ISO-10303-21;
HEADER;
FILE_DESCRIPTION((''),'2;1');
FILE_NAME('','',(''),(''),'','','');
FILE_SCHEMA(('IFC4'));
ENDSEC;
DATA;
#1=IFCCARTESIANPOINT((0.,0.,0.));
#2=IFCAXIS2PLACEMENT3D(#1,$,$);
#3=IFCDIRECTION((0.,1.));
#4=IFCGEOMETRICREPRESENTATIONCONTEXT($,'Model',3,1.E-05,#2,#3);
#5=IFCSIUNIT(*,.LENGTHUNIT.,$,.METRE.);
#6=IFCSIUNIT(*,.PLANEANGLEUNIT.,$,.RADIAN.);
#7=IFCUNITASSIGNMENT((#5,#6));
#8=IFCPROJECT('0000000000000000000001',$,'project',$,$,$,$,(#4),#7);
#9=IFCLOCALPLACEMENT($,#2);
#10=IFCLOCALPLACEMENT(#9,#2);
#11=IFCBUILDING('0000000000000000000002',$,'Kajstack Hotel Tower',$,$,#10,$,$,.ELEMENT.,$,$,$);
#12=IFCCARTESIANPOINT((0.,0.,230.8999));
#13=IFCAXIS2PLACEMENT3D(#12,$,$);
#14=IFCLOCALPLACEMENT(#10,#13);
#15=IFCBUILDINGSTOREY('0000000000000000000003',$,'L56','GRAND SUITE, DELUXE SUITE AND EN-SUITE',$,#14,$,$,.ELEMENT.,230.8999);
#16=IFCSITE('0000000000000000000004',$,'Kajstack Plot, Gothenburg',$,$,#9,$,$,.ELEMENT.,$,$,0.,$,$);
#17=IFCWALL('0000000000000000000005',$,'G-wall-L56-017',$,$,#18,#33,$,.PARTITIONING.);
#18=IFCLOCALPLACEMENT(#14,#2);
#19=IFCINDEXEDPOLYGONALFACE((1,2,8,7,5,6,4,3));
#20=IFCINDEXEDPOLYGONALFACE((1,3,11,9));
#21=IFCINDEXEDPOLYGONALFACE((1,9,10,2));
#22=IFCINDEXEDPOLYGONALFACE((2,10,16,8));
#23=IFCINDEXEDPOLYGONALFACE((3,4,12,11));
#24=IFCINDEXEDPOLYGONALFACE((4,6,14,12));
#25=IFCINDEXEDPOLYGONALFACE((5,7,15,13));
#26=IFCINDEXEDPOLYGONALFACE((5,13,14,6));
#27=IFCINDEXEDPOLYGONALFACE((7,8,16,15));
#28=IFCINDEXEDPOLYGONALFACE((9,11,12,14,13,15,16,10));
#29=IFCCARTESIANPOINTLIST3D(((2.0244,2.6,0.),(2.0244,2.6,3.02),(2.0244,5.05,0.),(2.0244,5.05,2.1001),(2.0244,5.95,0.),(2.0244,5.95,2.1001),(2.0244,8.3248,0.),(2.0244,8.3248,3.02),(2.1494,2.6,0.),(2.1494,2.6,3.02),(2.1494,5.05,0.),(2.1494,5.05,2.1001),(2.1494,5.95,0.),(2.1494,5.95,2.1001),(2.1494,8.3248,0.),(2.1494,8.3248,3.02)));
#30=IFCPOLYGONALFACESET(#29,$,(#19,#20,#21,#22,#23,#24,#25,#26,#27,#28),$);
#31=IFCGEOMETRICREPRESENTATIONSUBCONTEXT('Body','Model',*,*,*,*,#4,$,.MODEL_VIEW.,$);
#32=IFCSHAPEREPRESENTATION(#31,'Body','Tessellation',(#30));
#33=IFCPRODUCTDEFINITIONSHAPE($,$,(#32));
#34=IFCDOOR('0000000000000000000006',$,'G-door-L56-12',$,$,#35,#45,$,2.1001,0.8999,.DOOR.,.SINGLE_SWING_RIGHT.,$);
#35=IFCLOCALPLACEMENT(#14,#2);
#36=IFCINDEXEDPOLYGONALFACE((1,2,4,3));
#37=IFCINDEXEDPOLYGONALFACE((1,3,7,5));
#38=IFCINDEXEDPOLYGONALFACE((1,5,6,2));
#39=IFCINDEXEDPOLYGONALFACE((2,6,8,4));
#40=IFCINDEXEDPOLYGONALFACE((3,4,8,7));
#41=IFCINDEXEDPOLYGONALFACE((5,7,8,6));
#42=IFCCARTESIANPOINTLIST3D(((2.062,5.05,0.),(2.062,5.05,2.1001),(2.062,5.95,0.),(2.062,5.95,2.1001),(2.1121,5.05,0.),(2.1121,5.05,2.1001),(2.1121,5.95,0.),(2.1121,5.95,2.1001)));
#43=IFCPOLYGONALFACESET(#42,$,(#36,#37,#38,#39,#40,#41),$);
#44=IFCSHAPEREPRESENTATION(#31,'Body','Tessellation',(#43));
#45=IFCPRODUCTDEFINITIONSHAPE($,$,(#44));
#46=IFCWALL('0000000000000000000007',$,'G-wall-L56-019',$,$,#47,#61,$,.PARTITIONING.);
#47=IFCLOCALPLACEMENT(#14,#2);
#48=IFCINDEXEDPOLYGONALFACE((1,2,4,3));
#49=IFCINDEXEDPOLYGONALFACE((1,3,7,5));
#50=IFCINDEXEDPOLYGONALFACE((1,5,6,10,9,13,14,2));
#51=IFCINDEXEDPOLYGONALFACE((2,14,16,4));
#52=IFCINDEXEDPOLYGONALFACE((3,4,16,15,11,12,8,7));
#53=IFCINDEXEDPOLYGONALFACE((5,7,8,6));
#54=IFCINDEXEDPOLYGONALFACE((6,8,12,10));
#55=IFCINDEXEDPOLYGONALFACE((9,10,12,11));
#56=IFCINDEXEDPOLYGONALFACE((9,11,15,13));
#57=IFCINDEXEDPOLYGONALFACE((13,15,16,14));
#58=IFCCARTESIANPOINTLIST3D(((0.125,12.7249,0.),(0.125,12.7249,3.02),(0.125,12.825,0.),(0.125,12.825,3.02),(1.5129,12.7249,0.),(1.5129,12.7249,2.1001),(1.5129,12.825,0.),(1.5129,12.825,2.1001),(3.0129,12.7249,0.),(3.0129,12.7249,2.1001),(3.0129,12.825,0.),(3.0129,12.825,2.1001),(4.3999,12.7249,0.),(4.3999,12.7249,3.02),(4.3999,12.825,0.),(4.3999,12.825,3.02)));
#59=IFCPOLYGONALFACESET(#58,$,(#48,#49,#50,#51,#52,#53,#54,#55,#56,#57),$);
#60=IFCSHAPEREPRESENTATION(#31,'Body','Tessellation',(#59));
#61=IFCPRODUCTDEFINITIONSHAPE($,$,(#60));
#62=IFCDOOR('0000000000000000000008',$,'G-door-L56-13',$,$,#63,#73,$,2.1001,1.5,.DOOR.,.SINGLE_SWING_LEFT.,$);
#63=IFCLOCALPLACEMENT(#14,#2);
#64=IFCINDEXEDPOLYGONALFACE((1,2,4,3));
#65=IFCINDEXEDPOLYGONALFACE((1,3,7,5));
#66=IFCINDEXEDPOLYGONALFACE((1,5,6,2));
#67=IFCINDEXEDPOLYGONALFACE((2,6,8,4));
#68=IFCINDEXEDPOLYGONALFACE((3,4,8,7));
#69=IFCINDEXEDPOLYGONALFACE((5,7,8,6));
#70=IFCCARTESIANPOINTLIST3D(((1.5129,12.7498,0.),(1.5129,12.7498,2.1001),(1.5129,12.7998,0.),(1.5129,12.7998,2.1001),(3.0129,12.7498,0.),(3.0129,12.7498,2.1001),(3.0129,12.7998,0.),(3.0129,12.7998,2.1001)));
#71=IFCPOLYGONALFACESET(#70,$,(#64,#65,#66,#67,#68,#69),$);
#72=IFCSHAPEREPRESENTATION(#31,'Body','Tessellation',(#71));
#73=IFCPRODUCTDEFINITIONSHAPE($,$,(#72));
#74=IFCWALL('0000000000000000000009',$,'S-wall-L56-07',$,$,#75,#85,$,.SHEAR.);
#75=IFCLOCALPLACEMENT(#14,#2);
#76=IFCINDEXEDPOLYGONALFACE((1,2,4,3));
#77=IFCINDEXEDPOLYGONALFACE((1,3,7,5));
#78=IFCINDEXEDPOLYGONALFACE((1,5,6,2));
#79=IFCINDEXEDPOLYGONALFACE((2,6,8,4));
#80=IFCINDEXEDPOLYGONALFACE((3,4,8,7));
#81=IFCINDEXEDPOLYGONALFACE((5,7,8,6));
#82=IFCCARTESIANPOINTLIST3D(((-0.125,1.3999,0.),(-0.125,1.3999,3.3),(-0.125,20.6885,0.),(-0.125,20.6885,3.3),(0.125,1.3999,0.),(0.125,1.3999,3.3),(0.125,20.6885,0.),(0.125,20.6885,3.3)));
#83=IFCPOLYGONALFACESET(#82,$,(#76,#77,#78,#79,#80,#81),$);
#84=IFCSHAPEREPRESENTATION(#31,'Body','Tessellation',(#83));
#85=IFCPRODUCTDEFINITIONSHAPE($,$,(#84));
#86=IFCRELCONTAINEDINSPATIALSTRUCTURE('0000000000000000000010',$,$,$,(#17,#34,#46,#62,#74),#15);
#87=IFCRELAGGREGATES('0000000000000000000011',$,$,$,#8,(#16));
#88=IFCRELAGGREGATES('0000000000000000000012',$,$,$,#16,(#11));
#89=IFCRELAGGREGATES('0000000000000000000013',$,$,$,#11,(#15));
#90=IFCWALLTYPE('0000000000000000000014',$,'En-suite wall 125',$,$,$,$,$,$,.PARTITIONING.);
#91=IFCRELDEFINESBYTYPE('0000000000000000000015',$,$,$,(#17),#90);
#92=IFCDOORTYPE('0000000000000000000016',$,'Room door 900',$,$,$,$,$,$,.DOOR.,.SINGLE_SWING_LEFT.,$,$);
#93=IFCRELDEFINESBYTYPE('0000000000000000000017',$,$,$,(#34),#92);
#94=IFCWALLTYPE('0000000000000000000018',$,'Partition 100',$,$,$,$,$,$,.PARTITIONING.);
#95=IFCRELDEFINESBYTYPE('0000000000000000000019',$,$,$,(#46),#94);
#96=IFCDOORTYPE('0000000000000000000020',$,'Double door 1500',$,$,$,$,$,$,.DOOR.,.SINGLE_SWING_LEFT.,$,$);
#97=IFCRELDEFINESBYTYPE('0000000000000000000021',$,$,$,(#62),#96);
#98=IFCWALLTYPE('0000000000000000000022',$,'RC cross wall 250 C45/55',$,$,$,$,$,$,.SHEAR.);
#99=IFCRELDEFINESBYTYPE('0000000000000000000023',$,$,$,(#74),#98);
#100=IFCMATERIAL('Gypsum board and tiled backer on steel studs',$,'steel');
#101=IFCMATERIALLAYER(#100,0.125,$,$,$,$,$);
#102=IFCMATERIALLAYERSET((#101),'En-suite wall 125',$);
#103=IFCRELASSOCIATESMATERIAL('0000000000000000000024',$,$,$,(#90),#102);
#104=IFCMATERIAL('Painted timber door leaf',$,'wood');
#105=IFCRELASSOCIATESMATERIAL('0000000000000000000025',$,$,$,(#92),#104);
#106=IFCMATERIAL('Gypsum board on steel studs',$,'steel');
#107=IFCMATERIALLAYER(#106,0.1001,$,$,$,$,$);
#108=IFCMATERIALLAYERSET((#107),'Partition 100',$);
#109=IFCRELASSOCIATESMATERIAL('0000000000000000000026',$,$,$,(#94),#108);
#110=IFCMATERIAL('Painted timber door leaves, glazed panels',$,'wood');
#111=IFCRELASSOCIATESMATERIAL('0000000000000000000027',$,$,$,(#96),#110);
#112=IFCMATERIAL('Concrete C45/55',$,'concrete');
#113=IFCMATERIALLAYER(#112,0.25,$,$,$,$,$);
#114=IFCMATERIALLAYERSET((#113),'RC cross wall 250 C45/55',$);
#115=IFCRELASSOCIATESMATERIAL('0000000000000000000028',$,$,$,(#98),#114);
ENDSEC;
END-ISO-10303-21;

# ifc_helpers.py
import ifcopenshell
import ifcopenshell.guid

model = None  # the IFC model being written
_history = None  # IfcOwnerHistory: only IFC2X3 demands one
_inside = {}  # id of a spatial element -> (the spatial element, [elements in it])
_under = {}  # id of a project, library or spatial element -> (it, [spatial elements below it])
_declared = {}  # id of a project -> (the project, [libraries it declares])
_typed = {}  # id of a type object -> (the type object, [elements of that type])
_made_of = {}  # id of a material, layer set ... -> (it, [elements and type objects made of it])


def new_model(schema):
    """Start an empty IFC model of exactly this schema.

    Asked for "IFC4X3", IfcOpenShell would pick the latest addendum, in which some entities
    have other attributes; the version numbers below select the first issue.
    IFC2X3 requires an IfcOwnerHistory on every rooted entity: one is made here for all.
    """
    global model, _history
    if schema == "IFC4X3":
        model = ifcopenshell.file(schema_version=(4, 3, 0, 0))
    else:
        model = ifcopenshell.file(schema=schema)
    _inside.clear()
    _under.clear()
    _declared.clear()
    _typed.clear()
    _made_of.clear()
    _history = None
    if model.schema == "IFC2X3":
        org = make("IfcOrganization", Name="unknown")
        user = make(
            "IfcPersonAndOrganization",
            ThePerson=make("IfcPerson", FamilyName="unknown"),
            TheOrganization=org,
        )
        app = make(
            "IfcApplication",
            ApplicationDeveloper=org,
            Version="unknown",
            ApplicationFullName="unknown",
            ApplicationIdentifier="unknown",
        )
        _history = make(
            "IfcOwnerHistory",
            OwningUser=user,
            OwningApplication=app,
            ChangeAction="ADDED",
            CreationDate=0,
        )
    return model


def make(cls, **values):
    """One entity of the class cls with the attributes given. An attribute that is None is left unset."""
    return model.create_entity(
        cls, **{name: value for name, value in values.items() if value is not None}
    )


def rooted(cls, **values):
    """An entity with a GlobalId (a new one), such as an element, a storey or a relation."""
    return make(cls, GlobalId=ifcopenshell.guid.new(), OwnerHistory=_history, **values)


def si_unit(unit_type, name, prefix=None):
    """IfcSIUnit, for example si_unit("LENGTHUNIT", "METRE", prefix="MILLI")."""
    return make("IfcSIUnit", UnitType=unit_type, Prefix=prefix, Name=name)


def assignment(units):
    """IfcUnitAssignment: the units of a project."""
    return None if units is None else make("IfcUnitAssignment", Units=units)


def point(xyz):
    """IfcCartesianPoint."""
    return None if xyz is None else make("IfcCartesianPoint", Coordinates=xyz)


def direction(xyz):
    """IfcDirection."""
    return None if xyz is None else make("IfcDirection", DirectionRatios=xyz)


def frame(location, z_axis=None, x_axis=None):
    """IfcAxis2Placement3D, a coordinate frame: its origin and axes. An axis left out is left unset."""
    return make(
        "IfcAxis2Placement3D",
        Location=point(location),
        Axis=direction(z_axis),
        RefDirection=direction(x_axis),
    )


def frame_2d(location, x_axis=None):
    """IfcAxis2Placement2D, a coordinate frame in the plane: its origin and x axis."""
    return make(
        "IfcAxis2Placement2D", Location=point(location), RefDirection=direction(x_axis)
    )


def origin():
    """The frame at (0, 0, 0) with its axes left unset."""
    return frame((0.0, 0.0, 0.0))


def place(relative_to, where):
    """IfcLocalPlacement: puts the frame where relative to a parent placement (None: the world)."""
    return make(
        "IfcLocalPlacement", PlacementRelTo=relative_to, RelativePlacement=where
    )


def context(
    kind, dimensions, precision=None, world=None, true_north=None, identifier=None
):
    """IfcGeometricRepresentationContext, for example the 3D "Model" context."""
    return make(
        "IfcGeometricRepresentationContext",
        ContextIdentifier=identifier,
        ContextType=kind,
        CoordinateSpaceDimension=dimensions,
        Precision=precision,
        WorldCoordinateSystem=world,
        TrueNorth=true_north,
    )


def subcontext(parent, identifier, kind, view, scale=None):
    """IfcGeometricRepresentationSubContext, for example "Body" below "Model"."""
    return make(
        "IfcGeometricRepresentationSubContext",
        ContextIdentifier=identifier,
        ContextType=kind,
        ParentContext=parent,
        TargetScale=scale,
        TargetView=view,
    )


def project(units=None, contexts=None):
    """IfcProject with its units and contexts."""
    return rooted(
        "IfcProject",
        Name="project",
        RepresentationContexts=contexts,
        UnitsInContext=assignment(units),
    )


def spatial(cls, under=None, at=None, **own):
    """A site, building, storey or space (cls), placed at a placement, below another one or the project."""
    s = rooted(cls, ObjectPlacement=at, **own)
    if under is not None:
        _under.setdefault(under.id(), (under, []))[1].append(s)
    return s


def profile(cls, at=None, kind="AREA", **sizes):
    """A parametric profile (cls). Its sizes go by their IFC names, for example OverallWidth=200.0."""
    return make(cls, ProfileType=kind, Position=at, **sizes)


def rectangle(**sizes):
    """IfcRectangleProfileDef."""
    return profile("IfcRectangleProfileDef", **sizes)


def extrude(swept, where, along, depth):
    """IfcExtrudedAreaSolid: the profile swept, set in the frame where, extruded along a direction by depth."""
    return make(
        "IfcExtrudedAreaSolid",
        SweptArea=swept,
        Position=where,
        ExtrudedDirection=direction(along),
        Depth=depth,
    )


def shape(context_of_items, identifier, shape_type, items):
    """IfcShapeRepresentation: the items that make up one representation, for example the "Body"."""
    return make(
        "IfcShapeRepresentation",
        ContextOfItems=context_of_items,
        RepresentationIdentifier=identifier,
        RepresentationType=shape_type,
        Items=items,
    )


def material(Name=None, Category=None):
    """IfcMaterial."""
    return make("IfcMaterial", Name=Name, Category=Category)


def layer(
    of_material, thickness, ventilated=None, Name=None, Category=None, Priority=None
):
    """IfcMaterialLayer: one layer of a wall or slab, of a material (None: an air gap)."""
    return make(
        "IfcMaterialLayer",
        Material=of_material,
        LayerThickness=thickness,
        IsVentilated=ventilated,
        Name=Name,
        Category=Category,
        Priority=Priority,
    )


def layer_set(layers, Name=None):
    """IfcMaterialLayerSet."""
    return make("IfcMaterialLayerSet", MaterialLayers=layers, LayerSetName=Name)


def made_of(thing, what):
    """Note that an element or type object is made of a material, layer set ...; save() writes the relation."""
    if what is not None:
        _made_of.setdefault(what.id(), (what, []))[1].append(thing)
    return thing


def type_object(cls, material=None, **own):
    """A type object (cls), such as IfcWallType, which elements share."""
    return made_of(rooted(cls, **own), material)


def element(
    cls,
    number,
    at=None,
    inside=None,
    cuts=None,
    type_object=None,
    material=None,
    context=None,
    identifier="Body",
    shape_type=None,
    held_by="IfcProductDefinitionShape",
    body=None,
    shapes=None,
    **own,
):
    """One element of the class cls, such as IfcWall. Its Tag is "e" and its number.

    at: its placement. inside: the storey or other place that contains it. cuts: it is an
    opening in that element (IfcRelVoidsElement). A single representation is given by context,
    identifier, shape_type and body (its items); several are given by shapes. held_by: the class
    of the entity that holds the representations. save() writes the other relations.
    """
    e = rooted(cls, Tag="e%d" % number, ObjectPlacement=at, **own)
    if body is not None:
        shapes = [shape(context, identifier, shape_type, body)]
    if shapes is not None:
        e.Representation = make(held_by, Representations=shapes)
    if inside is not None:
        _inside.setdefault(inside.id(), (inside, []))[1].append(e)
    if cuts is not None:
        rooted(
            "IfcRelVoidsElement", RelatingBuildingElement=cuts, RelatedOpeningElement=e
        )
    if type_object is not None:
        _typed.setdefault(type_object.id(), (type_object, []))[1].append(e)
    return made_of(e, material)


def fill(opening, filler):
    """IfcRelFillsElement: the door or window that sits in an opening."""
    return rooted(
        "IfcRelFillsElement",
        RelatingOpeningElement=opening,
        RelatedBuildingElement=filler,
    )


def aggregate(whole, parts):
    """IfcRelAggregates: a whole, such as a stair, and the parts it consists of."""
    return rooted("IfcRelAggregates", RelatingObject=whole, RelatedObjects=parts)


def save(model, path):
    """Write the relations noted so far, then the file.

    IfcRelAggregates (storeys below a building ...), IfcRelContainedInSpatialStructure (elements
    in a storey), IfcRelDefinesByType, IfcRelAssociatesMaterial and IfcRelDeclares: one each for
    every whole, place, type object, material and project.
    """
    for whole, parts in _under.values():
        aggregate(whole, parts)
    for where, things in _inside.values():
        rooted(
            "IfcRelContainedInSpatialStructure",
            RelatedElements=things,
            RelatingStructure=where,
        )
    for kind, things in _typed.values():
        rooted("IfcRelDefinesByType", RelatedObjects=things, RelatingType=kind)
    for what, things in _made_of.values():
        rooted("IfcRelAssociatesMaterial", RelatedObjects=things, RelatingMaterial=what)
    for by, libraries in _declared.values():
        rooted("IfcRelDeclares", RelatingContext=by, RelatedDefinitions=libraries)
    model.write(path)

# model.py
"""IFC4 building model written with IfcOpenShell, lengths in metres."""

from ifc_helpers import new_model, si_unit, direction, frame, frame_2d, origin, place, context, subcontext, project, spatial, rectangle, extrude, material, layer, layer_set, type_object, element, fill, save


model = new_model("IFC4")

# Units and contexts
model_context = context("Model", 3, precision=1e-05, world=origin(), true_north=direction((0.0, 1.0)))
body_context = subcontext(model_context, "Body", "Model", "MODEL_VIEW")
ifc_project = project(units=[si_unit("LENGTHUNIT", "METRE"), si_unit("PLANEANGLEUNIT", "RADIAN")], contexts=[model_context])

# Site, building, storey
site_placement = place(None, origin())
site = spatial("IfcSite", under=ifc_project, at=site_placement, Name="Kajstack Plot, Gothenburg", CompositionType="ELEMENT", RefElevation=0.0)
building_placement = place(site_placement, origin())
building = spatial("IfcBuilding", under=site, at=building_placement, Name="Kajstack Hotel Tower", CompositionType="ELEMENT")
storey_placement = place(building_placement, frame((0.0, 0.0, 230.8999)))
storey = spatial("IfcBuildingStorey", under=building, at=storey_placement, Name="L56", Description="GRAND SUITE, DELUXE SUITE AND EN-SUITE", CompositionType="ELEMENT", Elevation=230.8999)

# Walls, openings, doors
ifc_material_1 = material(Name="Gypsum board and tiled backer on steel studs", Category="steel")
ifc_layer_1 = layer(ifc_material_1, 0.125)
ifc_layer_set_1 = layer_set([ifc_layer_1], Name="En-suite wall 125")
wall_type_1 = type_object("IfcWallType", Name="En-suite wall 125", PredefinedType="PARTITIONING", material=ifc_layer_set_1)
wall_1_placement = place(storey_placement, frame((2.0869, 2.6001, 0.0), z_axis=(0.0, 0.0, 1.0), x_axis=(0.0, 1.0, 0.0)))
wall_1 = element("IfcWall", 1, at=wall_1_placement, inside=storey, type_object=wall_type_1, Name="G-wall-L56-017", PredefinedType="PARTITIONING", context=body_context, shape_type="SweptSolid", body=[
    extrude(rectangle(XDim=5.7249, YDim=0.125, at=frame_2d((2.8623, 0.0))), origin(), (0.0, 0.0, 1.0), 3.02),
])
opening_1_placement = place(wall_1_placement, frame((2.45, 0.0, 0.0)))
opening_1 = element("IfcOpeningElement", 2, at=opening_1_placement, cuts=wall_1, PredefinedType="OPENING", context=body_context, shape_type="SweptSolid", body=[
    extrude(rectangle(XDim=0.8999, YDim=2.1001, at=frame_2d((0.45, 1.05))), frame((0.0, 0.0725, 0.0), z_axis=(0.0, -1.0, 0.0), x_axis=(1.0, 0.0, 0.0)), (0.0, 0.0, 1.0), 0.145),
])
ifc_material_2 = material(Name="Painted timber door leaf", Category="wood")
door_type_1 = type_object("IfcDoorType", Name="Room door 900", OperationType="SINGLE_SWING_LEFT", PredefinedType="DOOR", material=ifc_material_2)
door_1_placement = place(opening_1_placement, origin())
door_1 = element("IfcDoor", 3, at=door_1_placement, inside=storey, type_object=door_type_1, Name="G-door-L56-12", OperationType="SINGLE_SWING_RIGHT", OverallHeight=2.1001, OverallWidth=0.8999, PredefinedType="DOOR", context=body_context, shape_type="SweptSolid", body=[
    extrude(rectangle(XDim=0.8999, YDim=2.1001, at=frame_2d((0.45, 1.05))), frame((0.0, 0.0249, 0.0), z_axis=(0.0, -1.0, 0.0), x_axis=(1.0, 0.0, 0.0)), (0.0, 0.0, 1.0), 0.05),
])
fill(opening_1, door_1)
ifc_material_3 = material(Name="Gypsum board on steel studs", Category="steel")
ifc_layer_2 = layer(ifc_material_3, 0.1001)
ifc_layer_set_2 = layer_set([ifc_layer_2], Name="Partition 100")
wall_type_2 = type_object("IfcWallType", Name="Partition 100", PredefinedType="PARTITIONING", material=ifc_layer_set_2)
wall_2_placement = place(storey_placement, frame((0.125, 12.7749, 0.0), z_axis=(0.0, 0.0, 1.0), x_axis=(1.0, 0.0, 0.0)))
wall_2 = element("IfcWall", 4, at=wall_2_placement, inside=storey, type_object=wall_type_2, Name="G-wall-L56-019", PredefinedType="PARTITIONING", context=body_context, shape_type="SweptSolid", body=[
    extrude(rectangle(XDim=4.2749, YDim=0.1001, at=frame_2d((2.1375, 0.0))), origin(), (0.0, 0.0, 1.0), 3.02),
])
opening_2_placement = place(wall_2_placement, frame((1.3879, 0.0, 0.0)))
opening_2 = element("IfcOpeningElement", 5, at=opening_2_placement, cuts=wall_2, PredefinedType="OPENING", context=body_context, shape_type="SweptSolid", body=[
    extrude(rectangle(XDim=1.5, YDim=2.1001, at=frame_2d((0.75, 1.05))), frame((0.0, 0.0601, 0.0), z_axis=(0.0, -1.0, 0.0), x_axis=(1.0, 0.0, 0.0)), (0.0, 0.0, 1.0), 0.1201),
])
ifc_material_4 = material(Name="Painted timber door leaves, glazed panels", Category="wood")
door_type_2 = type_object("IfcDoorType", Name="Double door 1500", OperationType="SINGLE_SWING_LEFT", PredefinedType="DOOR", material=ifc_material_4)
door_2_placement = place(opening_2_placement, origin())
door_2 = element("IfcDoor", 6, at=door_2_placement, inside=storey, type_object=door_type_2, Name="G-door-L56-13", OperationType="SINGLE_SWING_LEFT", OverallHeight=2.1001, OverallWidth=1.5, PredefinedType="DOOR", context=body_context, shape_type="SweptSolid", body=[
    extrude(rectangle(XDim=1.5, YDim=2.1001, at=frame_2d((0.75, 1.05))), frame((0.0, 0.0249, 0.0), z_axis=(0.0, -1.0, 0.0), x_axis=(1.0, 0.0, 0.0)), (0.0, 0.0, 1.0), 0.05),
])
fill(opening_2, door_2)

# Wall
ifc_material_5 = material(Name="Concrete C45/55", Category="concrete")
ifc_layer_3 = layer(ifc_material_5, 0.25)
ifc_layer_set_3 = layer_set([ifc_layer_3], Name="RC cross wall 250 C45/55")
wall_type_3 = type_object("IfcWallType", Name="RC cross wall 250 C45/55", PredefinedType="SHEAR", material=ifc_layer_set_3)
wall_3_placement = place(storey_placement, frame((0.0, 1.3999, 0.0), z_axis=(0.0, 0.0, 1.0), x_axis=(0.0, 1.0, 0.0)))
element("IfcWall", 7, at=wall_3_placement, inside=storey, type_object=wall_type_3, Name="S-wall-L56-07", PredefinedType="SHEAR", context=body_context, shape_type="SweptSolid", body=[
    extrude(rectangle(XDim=19.2886, YDim=0.25, at=frame_2d((9.6443, 0.0))), origin(), (0.0, 0.0, 1.0), 3.3),
])

save(model, "model.ifc")
